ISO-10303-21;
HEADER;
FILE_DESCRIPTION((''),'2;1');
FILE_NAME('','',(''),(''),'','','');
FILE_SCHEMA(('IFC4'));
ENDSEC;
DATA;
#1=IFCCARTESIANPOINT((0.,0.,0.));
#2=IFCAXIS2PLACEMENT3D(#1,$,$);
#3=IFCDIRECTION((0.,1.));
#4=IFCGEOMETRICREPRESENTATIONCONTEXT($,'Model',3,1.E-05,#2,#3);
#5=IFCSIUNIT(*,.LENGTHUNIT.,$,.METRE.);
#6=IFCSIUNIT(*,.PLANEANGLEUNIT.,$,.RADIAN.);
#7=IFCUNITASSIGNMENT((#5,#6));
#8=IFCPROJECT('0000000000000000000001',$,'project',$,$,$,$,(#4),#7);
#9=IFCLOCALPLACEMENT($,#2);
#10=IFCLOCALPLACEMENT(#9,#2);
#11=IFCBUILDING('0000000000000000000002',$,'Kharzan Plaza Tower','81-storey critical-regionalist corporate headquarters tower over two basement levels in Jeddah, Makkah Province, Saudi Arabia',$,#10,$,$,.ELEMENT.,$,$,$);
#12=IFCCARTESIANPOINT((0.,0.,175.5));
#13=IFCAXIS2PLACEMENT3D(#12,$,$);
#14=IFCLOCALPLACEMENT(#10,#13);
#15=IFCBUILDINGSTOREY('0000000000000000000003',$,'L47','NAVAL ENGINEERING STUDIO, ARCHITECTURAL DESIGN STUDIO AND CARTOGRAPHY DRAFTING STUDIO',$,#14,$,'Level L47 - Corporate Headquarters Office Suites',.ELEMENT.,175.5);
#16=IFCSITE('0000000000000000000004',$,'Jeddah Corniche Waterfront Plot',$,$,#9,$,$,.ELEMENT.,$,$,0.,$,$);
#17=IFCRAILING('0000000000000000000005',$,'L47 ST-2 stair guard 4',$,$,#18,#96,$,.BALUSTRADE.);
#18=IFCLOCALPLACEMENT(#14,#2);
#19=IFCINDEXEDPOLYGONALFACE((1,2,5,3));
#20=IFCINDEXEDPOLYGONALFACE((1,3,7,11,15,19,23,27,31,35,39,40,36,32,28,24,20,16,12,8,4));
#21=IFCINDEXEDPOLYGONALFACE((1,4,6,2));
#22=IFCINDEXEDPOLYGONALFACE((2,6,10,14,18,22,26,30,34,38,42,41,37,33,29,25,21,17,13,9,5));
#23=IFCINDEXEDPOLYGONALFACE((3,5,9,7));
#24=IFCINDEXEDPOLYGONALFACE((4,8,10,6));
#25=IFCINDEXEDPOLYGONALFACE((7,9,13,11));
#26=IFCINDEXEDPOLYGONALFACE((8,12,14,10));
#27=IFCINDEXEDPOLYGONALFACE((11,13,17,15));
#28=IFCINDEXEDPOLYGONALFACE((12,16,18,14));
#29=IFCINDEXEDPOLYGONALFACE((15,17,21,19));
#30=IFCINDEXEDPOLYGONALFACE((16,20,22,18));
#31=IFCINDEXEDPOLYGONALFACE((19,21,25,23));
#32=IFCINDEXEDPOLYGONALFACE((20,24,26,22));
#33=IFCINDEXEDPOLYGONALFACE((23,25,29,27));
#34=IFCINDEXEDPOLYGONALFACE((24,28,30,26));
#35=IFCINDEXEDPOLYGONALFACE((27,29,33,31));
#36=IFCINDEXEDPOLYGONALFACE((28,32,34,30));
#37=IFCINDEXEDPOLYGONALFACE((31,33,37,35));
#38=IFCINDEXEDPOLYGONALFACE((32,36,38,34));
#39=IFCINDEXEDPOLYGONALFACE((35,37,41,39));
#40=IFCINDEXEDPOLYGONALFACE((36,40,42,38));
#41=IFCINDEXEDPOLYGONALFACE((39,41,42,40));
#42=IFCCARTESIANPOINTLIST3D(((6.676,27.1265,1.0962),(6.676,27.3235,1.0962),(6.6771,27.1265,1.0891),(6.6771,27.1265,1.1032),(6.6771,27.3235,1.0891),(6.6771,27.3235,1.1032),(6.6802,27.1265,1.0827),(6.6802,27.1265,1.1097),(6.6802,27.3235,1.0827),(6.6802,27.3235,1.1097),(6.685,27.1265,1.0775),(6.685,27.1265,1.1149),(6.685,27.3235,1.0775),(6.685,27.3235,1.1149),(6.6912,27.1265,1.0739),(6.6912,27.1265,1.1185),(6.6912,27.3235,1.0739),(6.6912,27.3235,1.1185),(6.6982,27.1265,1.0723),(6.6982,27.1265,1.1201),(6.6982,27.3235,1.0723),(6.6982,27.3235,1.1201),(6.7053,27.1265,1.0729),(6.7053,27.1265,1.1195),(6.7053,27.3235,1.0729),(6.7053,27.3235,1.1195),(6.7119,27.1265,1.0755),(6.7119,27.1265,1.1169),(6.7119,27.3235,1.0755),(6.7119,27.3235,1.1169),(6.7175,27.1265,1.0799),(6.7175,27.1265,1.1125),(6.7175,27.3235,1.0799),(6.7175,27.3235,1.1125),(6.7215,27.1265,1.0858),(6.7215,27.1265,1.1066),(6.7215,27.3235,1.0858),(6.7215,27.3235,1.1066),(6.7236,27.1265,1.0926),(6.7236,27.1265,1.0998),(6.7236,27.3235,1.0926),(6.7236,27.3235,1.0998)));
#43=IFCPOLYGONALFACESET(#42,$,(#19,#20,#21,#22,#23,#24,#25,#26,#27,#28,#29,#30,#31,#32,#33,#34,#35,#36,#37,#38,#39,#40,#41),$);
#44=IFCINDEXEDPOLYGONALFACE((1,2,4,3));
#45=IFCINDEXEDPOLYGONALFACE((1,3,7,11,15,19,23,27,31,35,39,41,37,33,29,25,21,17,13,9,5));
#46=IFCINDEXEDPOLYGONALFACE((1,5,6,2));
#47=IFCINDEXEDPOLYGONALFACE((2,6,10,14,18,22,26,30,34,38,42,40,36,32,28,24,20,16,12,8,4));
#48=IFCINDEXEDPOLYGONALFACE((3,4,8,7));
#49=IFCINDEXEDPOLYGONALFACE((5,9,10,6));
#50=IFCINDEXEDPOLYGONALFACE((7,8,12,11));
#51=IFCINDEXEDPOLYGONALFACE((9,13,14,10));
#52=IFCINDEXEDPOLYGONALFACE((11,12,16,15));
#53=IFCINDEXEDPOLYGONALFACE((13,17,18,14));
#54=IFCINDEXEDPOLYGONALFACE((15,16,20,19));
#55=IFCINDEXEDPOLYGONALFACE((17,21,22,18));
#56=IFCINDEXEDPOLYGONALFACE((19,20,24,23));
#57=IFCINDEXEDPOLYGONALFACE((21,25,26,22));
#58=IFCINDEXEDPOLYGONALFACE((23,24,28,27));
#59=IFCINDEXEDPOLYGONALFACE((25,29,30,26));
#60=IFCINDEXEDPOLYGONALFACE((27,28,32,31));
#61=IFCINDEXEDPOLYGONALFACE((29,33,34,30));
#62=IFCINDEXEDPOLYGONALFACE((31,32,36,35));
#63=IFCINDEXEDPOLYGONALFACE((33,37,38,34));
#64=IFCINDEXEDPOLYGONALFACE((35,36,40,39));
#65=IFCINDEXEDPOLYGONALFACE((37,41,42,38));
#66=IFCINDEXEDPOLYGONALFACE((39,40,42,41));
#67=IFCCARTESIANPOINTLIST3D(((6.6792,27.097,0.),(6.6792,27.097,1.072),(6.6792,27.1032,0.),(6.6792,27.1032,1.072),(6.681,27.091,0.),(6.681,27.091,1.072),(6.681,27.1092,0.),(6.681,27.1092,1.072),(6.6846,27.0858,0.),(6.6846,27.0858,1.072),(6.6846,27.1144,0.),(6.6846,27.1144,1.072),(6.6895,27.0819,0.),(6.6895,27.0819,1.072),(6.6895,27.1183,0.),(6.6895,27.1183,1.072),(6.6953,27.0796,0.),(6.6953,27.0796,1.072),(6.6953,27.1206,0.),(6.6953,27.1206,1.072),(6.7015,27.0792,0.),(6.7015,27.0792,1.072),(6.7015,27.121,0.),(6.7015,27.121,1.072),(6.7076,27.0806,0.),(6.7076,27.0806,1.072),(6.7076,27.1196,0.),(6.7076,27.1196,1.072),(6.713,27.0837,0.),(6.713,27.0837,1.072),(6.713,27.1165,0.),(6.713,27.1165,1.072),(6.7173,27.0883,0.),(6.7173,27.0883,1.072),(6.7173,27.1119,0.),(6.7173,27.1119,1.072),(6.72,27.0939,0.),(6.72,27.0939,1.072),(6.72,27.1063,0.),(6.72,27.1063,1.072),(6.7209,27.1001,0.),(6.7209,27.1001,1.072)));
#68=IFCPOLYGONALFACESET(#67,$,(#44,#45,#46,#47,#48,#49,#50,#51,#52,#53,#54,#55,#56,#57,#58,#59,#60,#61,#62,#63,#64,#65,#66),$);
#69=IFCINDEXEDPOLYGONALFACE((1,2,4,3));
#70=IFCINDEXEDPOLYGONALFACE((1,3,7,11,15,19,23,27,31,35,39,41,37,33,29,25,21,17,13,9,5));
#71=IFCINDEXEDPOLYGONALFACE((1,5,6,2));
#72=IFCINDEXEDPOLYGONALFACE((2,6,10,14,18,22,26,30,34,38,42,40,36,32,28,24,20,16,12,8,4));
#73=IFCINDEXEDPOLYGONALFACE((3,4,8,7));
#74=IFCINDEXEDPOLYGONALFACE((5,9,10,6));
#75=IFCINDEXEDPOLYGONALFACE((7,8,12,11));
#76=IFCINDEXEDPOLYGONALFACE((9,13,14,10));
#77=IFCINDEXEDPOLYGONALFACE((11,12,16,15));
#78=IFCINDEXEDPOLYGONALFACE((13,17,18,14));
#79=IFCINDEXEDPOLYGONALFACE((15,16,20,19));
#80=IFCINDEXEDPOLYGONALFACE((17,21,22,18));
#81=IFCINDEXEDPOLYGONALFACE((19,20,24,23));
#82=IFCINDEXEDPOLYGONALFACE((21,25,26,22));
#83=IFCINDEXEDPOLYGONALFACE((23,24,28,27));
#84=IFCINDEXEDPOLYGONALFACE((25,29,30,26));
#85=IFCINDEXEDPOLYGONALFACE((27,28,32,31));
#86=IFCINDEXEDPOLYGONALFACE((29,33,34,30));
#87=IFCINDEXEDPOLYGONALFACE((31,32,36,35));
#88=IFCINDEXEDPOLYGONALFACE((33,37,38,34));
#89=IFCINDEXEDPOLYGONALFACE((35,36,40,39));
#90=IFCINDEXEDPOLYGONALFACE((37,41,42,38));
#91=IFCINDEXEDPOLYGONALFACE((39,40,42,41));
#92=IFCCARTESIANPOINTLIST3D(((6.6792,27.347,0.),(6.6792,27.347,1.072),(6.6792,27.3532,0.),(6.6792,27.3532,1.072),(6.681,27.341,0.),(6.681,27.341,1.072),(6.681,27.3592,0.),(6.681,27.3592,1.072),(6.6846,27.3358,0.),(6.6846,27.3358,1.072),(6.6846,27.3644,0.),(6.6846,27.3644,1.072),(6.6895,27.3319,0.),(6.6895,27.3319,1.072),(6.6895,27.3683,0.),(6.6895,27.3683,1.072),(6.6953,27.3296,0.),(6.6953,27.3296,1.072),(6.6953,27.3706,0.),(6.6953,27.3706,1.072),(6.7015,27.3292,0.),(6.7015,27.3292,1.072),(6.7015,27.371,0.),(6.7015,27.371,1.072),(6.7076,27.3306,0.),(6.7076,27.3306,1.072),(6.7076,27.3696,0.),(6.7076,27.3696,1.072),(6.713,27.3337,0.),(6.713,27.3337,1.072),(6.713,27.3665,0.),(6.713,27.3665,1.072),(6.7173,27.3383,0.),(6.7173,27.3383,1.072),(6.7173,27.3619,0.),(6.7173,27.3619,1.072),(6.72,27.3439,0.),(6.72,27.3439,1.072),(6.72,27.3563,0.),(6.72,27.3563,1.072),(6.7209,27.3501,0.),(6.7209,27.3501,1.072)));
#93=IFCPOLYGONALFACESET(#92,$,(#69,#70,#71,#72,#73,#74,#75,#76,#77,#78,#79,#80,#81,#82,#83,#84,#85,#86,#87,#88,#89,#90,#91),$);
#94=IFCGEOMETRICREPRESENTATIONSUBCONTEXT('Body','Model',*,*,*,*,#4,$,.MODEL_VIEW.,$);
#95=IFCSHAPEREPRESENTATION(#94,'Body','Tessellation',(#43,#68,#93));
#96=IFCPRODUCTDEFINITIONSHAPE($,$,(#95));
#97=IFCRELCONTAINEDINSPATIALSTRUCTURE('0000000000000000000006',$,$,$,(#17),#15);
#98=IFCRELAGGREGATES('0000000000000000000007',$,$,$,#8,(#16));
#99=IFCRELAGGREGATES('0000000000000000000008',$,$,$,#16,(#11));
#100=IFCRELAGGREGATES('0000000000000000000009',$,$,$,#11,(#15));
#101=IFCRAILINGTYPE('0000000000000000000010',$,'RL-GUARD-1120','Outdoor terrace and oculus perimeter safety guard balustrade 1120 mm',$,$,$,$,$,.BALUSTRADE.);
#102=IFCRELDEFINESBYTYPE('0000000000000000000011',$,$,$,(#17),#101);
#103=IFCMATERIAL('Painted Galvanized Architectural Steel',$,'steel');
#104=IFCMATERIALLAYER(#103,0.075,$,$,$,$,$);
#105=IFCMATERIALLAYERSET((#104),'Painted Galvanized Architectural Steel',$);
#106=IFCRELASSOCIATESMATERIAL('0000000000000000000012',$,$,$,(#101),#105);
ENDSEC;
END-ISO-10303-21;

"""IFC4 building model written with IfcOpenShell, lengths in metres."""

from ifc_helpers import new_model, si_unit, direction, frame, origin, origin_2d, place, context, subcontext, project, spatial, circle, extrude, source, transform, mapped, material, layer, layer_set, type_object, element, save


model = new_model("IFC4")

# Units and contexts
model_context = context("Model", 3, precision=1e-05, world=origin(), true_north=direction((0.0, 1.0)))
body_context = subcontext(model_context, "Body", "Model", "MODEL_VIEW")
ifc_project = project(units=[si_unit("LENGTHUNIT", "METRE"), si_unit("PLANEANGLEUNIT", "RADIAN")], contexts=[model_context])

# Site, building, storey
site_placement = place(None, origin())
site = spatial("IfcSite", under=ifc_project, at=site_placement, Name="Jeddah Corniche Waterfront Plot", CompositionType="ELEMENT", RefElevation=0.0)
building_placement = place(site_placement, origin())
building = spatial("IfcBuilding", under=site, at=building_placement, Name="Kharzan Plaza Tower", Description="81-storey critical-regionalist corporate headquarters tower over two basement levels in Jeddah, Makkah Province, Saudi Arabia", CompositionType="ELEMENT")
storey_placement = place(building_placement, frame((0.0, 0.0, 175.5)))
storey = spatial("IfcBuildingStorey", under=building, at=storey_placement, Name="L47", Description="NAVAL ENGINEERING STUDIO, ARCHITECTURAL DESIGN STUDIO AND CARTOGRAPHY DRAFTING STUDIO", LongName="Level L47 - Corporate Headquarters Office Suites", CompositionType="ELEMENT", Elevation=175.5)

# Railing
ifc_material_1 = material(Name="Painted Galvanized Architectural Steel", Category="steel")
ifc_layer_1 = layer(ifc_material_1, 0.075)
ifc_layer_set_1 = layer_set([ifc_layer_1], Name="Painted Galvanized Architectural Steel")
railing_type_1 = type_object("IfcRailingType", Name="RL-GUARD-1120", Description="Outdoor terrace and oculus perimeter safety guard balustrade 1120 mm", PredefinedType="BALUSTRADE", material=ifc_layer_set_1)
shared_shape_1 = source(origin(), body_context, "Body", "SweptSolid", [
    extrude(circle(Radius=0.0239, at=origin_2d()), frame((0.0, 0.0264, 1.0962), z_axis=(0.0, 1.0, 0.0), x_axis=(-1.0, 0.0, 0.0)), (0.0, 0.0, 1.0), 0.197),
    extrude(circle(Radius=0.021, at=origin_2d()), origin(), (0.0, 0.0, 1.0), 1.072),
    extrude(circle(Radius=0.021, at=origin_2d()), frame((0.0, 0.25, 0.0)), (0.0, 0.0, 1.0), 1.072),
])
railing_1_placement = place(storey_placement, frame((6.7, 27.1001, 0.0)))
element("IfcRailing", 1, at=railing_1_placement, inside=storey, type_object=railing_type_1, Name="L47 ST-2 stair guard 4", PredefinedType="BALUSTRADE", context=body_context, shape_type="MappedRepresentation", body=[
    mapped(shared_shape_1, transform((0.0, 0.0, 0.0), x_axis=(1.0, 0.0, 0.0), y_axis=(0.0, 1.0, 0.0), z_axis=(0.0, 0.0, 1.0))),
])

save(model, "model.ifc")
